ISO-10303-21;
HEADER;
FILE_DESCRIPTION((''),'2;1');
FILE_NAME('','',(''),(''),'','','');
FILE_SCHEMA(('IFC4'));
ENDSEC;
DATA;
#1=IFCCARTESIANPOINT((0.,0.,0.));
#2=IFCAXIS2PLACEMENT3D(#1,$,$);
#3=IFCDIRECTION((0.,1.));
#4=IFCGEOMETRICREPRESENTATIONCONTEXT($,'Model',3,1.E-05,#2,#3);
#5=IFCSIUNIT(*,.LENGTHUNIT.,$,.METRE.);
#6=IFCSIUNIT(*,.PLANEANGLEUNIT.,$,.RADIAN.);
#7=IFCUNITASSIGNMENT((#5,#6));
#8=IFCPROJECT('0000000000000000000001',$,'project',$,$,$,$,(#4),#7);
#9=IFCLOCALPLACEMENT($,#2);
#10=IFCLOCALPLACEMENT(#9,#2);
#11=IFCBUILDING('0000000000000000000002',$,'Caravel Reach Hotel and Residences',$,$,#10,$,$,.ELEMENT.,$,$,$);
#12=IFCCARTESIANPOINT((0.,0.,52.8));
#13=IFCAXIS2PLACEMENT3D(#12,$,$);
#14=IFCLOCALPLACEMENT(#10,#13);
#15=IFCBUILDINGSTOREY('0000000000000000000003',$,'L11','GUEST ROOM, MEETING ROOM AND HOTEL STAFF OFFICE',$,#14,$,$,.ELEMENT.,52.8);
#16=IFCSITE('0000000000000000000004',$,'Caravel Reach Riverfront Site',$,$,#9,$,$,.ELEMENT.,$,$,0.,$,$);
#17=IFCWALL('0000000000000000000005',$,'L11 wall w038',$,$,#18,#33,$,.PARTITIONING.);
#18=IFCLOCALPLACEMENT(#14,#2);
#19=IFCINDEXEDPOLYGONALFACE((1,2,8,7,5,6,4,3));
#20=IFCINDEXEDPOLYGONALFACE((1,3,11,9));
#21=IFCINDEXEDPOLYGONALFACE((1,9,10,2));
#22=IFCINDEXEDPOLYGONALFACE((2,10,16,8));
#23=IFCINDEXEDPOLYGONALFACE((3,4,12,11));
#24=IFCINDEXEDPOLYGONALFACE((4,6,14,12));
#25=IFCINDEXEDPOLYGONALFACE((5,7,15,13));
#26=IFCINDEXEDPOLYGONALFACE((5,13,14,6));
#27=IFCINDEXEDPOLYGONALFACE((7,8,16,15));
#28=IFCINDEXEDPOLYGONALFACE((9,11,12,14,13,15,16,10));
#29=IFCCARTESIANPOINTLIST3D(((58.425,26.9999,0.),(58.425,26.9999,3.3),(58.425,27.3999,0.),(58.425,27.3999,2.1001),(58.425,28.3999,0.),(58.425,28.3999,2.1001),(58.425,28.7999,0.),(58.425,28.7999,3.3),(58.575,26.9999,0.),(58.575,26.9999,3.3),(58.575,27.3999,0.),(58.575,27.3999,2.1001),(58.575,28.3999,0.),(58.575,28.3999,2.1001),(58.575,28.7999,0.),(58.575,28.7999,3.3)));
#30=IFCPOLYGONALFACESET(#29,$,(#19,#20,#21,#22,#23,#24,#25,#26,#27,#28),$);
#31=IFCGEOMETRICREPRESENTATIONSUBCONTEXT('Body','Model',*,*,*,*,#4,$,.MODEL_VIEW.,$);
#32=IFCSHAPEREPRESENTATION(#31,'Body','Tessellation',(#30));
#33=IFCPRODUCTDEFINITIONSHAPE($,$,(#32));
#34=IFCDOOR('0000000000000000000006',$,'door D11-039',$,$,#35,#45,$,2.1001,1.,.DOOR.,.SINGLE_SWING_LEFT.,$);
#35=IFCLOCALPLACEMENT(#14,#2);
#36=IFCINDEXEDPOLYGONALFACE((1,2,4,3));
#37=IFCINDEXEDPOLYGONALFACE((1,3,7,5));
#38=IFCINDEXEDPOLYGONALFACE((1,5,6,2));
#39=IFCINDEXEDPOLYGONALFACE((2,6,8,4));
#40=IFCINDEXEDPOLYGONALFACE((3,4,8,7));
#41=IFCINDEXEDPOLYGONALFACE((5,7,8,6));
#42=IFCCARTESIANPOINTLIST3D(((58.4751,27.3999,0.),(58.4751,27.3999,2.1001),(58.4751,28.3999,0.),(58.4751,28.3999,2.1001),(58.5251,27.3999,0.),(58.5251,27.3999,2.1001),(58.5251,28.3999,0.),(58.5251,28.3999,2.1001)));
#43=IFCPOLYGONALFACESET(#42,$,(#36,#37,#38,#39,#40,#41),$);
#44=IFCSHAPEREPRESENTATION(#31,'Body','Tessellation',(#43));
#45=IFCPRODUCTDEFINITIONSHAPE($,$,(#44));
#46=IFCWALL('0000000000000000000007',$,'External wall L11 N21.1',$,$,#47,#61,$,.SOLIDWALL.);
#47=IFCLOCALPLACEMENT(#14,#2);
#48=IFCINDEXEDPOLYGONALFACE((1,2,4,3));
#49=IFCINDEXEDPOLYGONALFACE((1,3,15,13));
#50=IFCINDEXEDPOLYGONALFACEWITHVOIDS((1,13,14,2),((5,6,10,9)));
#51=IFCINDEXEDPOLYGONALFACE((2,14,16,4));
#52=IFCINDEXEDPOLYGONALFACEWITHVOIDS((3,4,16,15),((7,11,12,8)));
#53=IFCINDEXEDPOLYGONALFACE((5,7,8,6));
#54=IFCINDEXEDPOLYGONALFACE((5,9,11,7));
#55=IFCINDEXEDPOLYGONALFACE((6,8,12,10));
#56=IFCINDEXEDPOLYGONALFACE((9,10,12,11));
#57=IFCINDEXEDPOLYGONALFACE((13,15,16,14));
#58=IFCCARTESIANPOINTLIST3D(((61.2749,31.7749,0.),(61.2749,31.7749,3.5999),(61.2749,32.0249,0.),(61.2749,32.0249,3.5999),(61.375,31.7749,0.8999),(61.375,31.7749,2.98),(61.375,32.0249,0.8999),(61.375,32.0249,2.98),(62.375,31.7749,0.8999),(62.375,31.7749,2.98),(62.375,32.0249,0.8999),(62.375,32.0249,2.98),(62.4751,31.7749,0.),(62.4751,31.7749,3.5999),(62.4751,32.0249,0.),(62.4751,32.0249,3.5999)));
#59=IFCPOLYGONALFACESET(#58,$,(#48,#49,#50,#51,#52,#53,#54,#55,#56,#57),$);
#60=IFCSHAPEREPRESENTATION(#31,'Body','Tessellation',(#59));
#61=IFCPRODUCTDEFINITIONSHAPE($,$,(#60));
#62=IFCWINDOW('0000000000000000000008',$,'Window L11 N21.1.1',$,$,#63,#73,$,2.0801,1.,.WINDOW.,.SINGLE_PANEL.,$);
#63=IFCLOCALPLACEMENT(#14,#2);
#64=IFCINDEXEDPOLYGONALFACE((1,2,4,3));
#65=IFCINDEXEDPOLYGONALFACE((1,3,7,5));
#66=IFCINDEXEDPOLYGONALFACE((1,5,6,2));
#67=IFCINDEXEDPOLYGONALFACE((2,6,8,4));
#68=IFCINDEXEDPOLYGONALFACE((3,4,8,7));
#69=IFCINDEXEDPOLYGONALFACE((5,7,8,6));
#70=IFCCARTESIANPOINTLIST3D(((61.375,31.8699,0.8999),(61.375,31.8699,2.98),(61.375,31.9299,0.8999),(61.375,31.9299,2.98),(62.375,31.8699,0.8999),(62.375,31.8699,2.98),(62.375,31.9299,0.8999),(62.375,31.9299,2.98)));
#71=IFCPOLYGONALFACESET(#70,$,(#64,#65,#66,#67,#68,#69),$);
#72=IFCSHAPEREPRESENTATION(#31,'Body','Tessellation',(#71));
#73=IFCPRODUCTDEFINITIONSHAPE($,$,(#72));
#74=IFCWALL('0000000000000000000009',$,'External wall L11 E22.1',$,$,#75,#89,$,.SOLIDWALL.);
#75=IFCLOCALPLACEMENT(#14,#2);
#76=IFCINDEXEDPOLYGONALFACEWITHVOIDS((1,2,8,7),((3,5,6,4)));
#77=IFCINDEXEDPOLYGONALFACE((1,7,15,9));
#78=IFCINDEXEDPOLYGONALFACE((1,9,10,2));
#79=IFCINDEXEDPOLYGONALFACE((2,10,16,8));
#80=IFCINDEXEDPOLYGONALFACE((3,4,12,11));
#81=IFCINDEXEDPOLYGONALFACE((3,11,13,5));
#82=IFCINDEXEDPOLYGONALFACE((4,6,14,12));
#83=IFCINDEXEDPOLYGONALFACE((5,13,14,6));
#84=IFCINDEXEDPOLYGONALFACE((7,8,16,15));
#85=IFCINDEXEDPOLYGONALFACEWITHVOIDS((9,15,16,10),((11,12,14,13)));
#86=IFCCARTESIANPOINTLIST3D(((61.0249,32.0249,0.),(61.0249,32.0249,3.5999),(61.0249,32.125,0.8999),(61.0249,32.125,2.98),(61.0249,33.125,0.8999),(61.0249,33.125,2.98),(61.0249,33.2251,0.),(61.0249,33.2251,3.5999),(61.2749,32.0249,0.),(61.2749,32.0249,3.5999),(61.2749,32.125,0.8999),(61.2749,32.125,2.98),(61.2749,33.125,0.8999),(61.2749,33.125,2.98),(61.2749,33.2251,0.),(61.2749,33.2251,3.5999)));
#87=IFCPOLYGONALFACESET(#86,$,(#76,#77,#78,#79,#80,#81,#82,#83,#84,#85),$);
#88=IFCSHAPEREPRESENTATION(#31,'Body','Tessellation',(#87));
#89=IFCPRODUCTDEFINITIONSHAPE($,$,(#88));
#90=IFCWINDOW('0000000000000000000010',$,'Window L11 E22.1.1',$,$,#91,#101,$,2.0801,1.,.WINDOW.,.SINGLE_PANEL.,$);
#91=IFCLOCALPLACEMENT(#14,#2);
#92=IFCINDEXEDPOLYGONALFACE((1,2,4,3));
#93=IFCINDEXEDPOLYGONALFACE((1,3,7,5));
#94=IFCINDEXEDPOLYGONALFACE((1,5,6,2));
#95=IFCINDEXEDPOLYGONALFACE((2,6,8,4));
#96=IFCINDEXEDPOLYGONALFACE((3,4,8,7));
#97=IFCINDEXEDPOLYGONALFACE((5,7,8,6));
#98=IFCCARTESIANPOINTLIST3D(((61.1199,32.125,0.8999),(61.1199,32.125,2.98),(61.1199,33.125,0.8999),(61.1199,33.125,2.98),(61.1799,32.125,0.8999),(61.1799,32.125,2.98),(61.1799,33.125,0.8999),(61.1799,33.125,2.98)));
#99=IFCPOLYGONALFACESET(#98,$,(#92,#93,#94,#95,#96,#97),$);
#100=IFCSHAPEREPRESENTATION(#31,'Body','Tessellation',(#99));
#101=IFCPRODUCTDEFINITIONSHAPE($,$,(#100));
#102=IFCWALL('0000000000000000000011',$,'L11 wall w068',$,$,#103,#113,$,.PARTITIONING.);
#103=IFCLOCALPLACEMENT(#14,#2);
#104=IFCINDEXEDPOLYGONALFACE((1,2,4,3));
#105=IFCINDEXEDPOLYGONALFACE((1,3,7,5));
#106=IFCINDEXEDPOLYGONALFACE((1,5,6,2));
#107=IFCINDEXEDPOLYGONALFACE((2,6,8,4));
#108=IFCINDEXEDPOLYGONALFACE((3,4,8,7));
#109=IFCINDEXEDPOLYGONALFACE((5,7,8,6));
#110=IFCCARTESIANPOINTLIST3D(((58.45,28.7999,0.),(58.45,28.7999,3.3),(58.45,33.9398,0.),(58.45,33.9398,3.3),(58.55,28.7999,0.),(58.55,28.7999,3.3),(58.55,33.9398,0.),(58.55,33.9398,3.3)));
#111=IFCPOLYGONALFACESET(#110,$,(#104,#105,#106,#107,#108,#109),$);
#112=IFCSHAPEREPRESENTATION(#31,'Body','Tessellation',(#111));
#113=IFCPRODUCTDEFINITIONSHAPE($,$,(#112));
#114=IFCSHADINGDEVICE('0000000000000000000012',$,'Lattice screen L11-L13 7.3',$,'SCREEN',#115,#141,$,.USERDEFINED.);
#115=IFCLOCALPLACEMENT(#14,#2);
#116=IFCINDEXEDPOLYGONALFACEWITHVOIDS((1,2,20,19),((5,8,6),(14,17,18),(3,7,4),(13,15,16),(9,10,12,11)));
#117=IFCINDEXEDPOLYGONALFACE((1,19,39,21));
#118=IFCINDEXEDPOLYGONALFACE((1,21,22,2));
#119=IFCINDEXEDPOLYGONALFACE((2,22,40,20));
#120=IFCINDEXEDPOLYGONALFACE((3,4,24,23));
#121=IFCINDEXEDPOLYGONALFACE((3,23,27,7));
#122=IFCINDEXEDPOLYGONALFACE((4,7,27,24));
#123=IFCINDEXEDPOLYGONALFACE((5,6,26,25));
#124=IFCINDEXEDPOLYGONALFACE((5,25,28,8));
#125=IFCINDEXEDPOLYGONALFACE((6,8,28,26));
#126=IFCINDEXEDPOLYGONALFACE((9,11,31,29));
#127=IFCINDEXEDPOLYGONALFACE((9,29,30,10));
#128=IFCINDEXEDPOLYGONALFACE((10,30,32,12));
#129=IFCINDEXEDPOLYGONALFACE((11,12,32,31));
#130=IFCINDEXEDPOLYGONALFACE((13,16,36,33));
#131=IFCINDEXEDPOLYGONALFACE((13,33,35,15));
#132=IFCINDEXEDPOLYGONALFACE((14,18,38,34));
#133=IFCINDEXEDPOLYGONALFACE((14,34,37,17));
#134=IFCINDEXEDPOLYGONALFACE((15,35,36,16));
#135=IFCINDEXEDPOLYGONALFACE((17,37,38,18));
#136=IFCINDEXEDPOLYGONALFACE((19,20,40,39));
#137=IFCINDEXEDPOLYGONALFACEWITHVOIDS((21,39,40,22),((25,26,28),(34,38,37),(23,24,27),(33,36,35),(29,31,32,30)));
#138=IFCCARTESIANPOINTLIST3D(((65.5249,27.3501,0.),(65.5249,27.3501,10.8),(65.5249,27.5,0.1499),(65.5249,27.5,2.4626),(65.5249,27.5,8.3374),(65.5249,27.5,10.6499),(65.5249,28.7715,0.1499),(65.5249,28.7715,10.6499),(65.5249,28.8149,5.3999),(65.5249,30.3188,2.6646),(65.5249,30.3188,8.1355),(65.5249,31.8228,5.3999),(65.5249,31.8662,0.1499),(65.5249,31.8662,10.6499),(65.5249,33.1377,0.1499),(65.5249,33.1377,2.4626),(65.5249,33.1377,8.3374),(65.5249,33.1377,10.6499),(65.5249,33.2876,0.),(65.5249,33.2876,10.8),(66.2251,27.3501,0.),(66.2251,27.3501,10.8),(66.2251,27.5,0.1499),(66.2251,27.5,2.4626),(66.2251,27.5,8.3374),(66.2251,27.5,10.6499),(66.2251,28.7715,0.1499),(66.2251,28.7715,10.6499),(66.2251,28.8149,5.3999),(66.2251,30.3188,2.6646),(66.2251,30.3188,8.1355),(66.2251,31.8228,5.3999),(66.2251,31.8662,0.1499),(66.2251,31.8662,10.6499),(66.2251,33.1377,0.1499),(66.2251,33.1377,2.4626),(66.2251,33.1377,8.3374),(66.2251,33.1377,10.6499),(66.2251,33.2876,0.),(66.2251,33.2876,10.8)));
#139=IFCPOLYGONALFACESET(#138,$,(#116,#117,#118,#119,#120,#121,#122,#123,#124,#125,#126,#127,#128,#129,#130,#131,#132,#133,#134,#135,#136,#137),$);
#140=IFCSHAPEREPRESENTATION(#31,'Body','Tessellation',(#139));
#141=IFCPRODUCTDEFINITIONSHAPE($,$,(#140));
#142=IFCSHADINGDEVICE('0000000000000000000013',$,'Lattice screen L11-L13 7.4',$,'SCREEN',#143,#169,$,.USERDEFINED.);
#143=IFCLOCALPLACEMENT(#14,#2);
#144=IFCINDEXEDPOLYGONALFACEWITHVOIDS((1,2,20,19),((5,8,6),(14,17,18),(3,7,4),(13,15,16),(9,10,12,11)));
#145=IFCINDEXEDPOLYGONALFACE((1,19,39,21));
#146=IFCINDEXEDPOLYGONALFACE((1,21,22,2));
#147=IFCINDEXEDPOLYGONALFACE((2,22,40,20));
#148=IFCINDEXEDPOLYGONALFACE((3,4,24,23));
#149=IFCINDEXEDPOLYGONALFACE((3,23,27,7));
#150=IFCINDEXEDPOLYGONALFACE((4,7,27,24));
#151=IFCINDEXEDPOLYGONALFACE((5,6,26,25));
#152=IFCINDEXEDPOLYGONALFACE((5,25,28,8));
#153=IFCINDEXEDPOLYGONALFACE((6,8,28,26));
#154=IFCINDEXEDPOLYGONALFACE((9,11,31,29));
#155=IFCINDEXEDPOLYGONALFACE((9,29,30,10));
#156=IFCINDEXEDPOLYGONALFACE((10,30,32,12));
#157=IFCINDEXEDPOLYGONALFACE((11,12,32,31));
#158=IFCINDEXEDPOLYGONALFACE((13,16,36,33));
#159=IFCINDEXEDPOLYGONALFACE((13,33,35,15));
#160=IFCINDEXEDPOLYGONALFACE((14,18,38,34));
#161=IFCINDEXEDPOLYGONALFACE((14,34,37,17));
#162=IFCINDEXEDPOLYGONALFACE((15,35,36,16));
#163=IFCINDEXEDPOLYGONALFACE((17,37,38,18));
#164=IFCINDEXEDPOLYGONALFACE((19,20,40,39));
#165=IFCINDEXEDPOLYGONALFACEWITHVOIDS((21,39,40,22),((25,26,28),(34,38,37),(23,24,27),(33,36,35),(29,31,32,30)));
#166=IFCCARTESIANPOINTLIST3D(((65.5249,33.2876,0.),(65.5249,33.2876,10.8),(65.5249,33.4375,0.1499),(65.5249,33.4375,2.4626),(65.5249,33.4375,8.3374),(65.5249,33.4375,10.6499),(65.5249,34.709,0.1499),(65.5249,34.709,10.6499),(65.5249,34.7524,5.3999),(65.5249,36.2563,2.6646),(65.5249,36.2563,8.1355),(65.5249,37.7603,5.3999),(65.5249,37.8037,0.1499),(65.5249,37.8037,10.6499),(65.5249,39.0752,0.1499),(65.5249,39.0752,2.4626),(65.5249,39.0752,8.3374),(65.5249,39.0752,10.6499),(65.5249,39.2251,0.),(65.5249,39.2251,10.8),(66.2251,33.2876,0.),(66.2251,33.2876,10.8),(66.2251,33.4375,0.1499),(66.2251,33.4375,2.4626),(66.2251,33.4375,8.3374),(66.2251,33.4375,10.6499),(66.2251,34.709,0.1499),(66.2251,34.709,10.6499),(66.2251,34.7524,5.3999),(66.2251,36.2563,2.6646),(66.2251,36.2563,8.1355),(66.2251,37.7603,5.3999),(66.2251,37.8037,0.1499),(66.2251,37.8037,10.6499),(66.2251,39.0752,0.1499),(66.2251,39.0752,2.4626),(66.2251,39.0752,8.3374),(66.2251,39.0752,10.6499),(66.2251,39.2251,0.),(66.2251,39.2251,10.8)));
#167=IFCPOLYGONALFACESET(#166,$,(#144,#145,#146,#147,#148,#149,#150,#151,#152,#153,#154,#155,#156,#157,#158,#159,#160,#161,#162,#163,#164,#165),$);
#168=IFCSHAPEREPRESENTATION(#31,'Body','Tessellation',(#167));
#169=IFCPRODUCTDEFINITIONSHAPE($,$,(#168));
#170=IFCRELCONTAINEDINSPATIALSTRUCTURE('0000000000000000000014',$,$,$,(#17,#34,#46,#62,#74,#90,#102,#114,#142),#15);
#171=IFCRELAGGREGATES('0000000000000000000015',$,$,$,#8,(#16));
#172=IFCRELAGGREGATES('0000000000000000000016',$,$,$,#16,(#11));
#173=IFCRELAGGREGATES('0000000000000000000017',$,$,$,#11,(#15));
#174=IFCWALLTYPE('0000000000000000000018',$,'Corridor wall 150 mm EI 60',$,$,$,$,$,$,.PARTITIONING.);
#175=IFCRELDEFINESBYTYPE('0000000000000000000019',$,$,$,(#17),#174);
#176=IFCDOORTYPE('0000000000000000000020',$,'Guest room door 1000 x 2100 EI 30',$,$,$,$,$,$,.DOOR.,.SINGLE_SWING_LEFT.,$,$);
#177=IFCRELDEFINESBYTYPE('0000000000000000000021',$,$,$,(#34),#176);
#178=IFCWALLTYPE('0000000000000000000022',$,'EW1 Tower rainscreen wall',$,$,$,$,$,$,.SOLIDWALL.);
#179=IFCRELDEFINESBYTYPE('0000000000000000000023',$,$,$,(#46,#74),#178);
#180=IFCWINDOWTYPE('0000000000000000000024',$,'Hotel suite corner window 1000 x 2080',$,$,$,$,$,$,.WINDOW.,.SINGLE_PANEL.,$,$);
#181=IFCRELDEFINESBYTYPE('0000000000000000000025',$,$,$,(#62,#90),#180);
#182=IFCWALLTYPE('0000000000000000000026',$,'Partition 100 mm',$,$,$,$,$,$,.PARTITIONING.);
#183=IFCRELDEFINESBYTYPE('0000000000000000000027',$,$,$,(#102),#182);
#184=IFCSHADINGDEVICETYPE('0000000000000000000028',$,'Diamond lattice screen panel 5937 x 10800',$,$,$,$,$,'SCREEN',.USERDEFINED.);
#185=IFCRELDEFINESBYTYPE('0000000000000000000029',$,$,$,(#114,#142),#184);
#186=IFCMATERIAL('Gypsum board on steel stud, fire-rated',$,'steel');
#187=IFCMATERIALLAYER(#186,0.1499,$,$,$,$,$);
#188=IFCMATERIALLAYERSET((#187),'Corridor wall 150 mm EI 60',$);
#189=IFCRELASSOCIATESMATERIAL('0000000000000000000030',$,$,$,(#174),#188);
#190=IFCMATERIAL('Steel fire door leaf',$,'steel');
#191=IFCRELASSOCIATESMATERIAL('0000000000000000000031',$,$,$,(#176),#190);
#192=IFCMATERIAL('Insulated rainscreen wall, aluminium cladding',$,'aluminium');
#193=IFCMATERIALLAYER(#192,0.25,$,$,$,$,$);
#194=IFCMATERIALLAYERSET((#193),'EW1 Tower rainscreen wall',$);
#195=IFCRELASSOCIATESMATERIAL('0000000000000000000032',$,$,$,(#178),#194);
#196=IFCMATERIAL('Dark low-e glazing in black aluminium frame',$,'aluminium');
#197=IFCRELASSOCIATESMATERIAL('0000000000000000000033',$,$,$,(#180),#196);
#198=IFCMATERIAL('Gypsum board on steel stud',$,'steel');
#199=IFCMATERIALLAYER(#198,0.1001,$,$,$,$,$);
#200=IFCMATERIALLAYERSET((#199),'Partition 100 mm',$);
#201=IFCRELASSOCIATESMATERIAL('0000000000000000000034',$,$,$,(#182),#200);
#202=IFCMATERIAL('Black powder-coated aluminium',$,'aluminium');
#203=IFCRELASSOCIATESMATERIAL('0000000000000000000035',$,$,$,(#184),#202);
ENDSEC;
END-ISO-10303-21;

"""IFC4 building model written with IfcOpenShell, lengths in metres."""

from ifc_helpers import new_model, si_unit, direction, frame, frame_2d, origin, place, context, subcontext, project, spatial, polyline, rectangle, outline, extrude, material, layer, layer_set, type_object, element, fill, save


model = new_model("IFC4")

# Units and contexts
model_context = context("Model", 3, precision=1e-05, world=origin(), true_north=direction((0.0, 1.0)))
body_context = subcontext(model_context, "Body", "Model", "MODEL_VIEW")
ifc_project = project(units=[si_unit("LENGTHUNIT", "METRE"), si_unit("PLANEANGLEUNIT", "RADIAN")], contexts=[model_context])

# Site, building, storey
site_placement = place(None, origin())
site = spatial("IfcSite", under=ifc_project, at=site_placement, Name="Caravel Reach Riverfront Site", CompositionType="ELEMENT", RefElevation=0.0)
building_placement = place(site_placement, origin())
building = spatial("IfcBuilding", under=site, at=building_placement, Name="Caravel Reach Hotel and Residences", CompositionType="ELEMENT")
storey_placement = place(building_placement, frame((0.0, 0.0, 52.8)))
storey = spatial("IfcBuildingStorey", under=building, at=storey_placement, Name="L11", Description="GUEST ROOM, MEETING ROOM AND HOTEL STAFF OFFICE", CompositionType="ELEMENT", Elevation=52.8)

# Wall, opening, door
ifc_material_1 = material(Name="Gypsum board on steel stud, fire-rated", Category="steel")
ifc_layer_1 = layer(ifc_material_1, 0.1499)
ifc_layer_set_1 = layer_set([ifc_layer_1], Name="Corridor wall 150 mm EI 60")
wall_type_1 = type_object("IfcWallType", Name="Corridor wall 150 mm EI 60", PredefinedType="PARTITIONING", material=ifc_layer_set_1)
wall_1_placement = place(storey_placement, frame((58.5, 27.0, 0.0), z_axis=(0.0, 0.0, 1.0), x_axis=(0.0, 1.0, 0.0)))
wall_1 = element("IfcWall", 1, at=wall_1_placement, inside=storey, type_object=wall_type_1, Name="L11 wall w038", PredefinedType="PARTITIONING", context=body_context, shape_type="SweptSolid", body=[
    extrude(rectangle(XDim=1.8, YDim=0.1499, at=frame_2d((0.8999, 0.0))), origin(), (0.0, 0.0, 1.0), 3.3),
])
opening_1_placement = place(wall_1_placement, frame((0.3999, 0.0, 0.0)))
opening_1 = element("IfcOpeningElement", 2, at=opening_1_placement, cuts=wall_1, PredefinedType="OPENING", context=body_context, shape_type="SweptSolid", body=[
    extrude(rectangle(XDim=1.0, YDim=2.1001, at=frame_2d((0.5, 1.05))), frame((0.0, 0.085, 0.0), z_axis=(0.0, -1.0, 0.0), x_axis=(1.0, 0.0, 0.0)), (0.0, 0.0, 1.0), 0.1699),
])
ifc_material_2 = material(Name="Steel fire door leaf", Category="steel")
door_type = type_object("IfcDoorType", Name="Guest room door 1000 x 2100 EI 30", OperationType="SINGLE_SWING_LEFT", PredefinedType="DOOR", material=ifc_material_2)
door_placement = place(opening_1_placement, origin())
door = element("IfcDoor", 3, at=door_placement, inside=storey, type_object=door_type, Name="door D11-039", OperationType="SINGLE_SWING_LEFT", OverallHeight=2.1001, OverallWidth=1.0, PredefinedType="DOOR", context=body_context, shape_type="SweptSolid", body=[
    extrude(rectangle(XDim=1.0, YDim=2.1001, at=frame_2d((0.5, 1.05))), frame((0.0, 0.0249, 0.0), z_axis=(0.0, -1.0, 0.0), x_axis=(1.0, 0.0, 0.0)), (0.0, 0.0, 1.0), 0.05),
])
fill(opening_1, door)

# Walls, openings, windows
ifc_material_3 = material(Name="Insulated rainscreen wall, aluminium cladding", Category="aluminium")
ifc_layer_2 = layer(ifc_material_3, 0.25)
ifc_layer_set_2 = layer_set([ifc_layer_2], Name="EW1 Tower rainscreen wall")
wall_type_2 = type_object("IfcWallType", Name="EW1 Tower rainscreen wall", PredefinedType="SOLIDWALL", material=ifc_layer_set_2)
wall_2_placement = place(storey_placement, frame((62.4751, 31.8999, 0.0), z_axis=(0.0, 0.0, 1.0), x_axis=(-1.0, 0.0, 0.0)))
wall_2 = element("IfcWall", 4, at=wall_2_placement, inside=storey, type_object=wall_type_2, Name="External wall L11 N21.1", PredefinedType="SOLIDWALL", context=body_context, shape_type="SweptSolid", body=[
    extrude(rectangle(XDim=1.2002, YDim=0.25, at=frame_2d((0.6001, 0.0))), origin(), (0.0, 0.0, 1.0), 3.5999),
])
opening_2_placement = place(wall_2_placement, frame((0.1001, 0.0, 0.8999)))
opening_2 = element("IfcOpeningElement", 5, at=opening_2_placement, cuts=wall_2, PredefinedType="OPENING", context=body_context, shape_type="SweptSolid", body=[
    extrude(rectangle(XDim=1.0, YDim=2.0801, at=frame_2d((0.5, 1.04))), frame((0.0, 0.135, 0.0), z_axis=(0.0, -1.0, 0.0), x_axis=(1.0, 0.0, 0.0)), (0.0, 0.0, 1.0), 0.27),
])
ifc_material_4 = material(Name="Dark low-e glazing in black aluminium frame", Category="aluminium")
window_type = type_object("IfcWindowType", Name="Hotel suite corner window 1000 x 2080", PartitioningType="SINGLE_PANEL", PredefinedType="WINDOW", material=ifc_material_4)
window_1_placement = place(opening_2_placement, origin())
window_1 = element("IfcWindow", 6, at=window_1_placement, inside=storey, type_object=window_type, Name="Window L11 N21.1.1", OverallHeight=2.0801, OverallWidth=1.0, PartitioningType="SINGLE_PANEL", PredefinedType="WINDOW", context=body_context, shape_type="SweptSolid", body=[
    extrude(rectangle(XDim=1.0, YDim=2.0801, at=frame_2d((0.5, 1.04))), frame((0.0, 0.03, 0.0), z_axis=(0.0, -1.0, 0.0), x_axis=(1.0, 0.0, 0.0)), (0.0, 0.0, 1.0), 0.0601),
])
fill(opening_2, window_1)
wall_3_placement = place(storey_placement, frame((61.1499, 32.0249, 0.0), z_axis=(0.0, 0.0, 1.0), x_axis=(0.0, 1.0, 0.0)))
wall_3 = element("IfcWall", 7, at=wall_3_placement, inside=storey, type_object=wall_type_2, Name="External wall L11 E22.1", PredefinedType="SOLIDWALL", context=body_context, shape_type="SweptSolid", body=[
    extrude(rectangle(XDim=1.2002, YDim=0.25, at=frame_2d((0.6001, 0.0))), origin(), (0.0, 0.0, 1.0), 3.5999),
])
opening_3_placement = place(wall_3_placement, frame((0.1001, 0.0, 0.8999)))
opening_3 = element("IfcOpeningElement", 8, at=opening_3_placement, cuts=wall_3, PredefinedType="OPENING", context=body_context, shape_type="SweptSolid", body=[
    extrude(rectangle(XDim=1.0, YDim=2.0801, at=frame_2d((0.5, 1.04))), frame((0.0, 0.135, 0.0), z_axis=(0.0, -1.0, 0.0), x_axis=(1.0, 0.0, 0.0)), (0.0, 0.0, 1.0), 0.27),
])
window_2_placement = place(opening_3_placement, origin())
window_2 = element("IfcWindow", 9, at=window_2_placement, inside=storey, type_object=window_type, Name="Window L11 E22.1.1", OverallHeight=2.0801, OverallWidth=1.0, PartitioningType="SINGLE_PANEL", PredefinedType="WINDOW", context=body_context, shape_type="SweptSolid", body=[
    extrude(rectangle(XDim=1.0, YDim=2.0801, at=frame_2d((0.5, 1.04))), frame((0.0, 0.03, 0.0), z_axis=(0.0, -1.0, 0.0), x_axis=(1.0, 0.0, 0.0)), (0.0, 0.0, 1.0), 0.0601),
])
fill(opening_3, window_2)

# Wall
ifc_material_5 = material(Name="Gypsum board on steel stud", Category="steel")
ifc_layer_3 = layer(ifc_material_5, 0.1001)
ifc_layer_set_3 = layer_set([ifc_layer_3], Name="Partition 100 mm")
wall_type_3 = type_object("IfcWallType", Name="Partition 100 mm", PredefinedType="PARTITIONING", material=ifc_layer_set_3)
wall_4_placement = place(storey_placement, frame((58.5, 28.8, 0.0), z_axis=(0.0, 0.0, 1.0), x_axis=(0.0, 1.0, 0.0)))
element("IfcWall", 10, at=wall_4_placement, inside=storey, type_object=wall_type_3, Name="L11 wall w068", PredefinedType="PARTITIONING", context=body_context, shape_type="SweptSolid", body=[
    extrude(rectangle(XDim=5.1399, YDim=0.1001, at=frame_2d((2.5698, 0.0))), origin(), (0.0, 0.0, 1.0), 3.3),
])

# Shading devices
ifc_material_6 = material(Name="Black powder-coated aluminium", Category="aluminium")
shading_device_type = type_object("IfcShadingDeviceType", Name="Diamond lattice screen panel 5937 x 10800", ElementType="SCREEN", PredefinedType="USERDEFINED", material=ifc_material_6)
for number, where, z_axis, x_axis, name in (
    (11, (65.5249, 27.3501, 0.0), (1.0, 0.0, 0.0), (0.0, 1.0, 0.0), "Lattice screen L11-L13 7.3"),
    (12, (65.5249, 33.2876, 0.0), (1.0, 0.0, 0.0), (0.0, 1.0, 0.0), "Lattice screen L11-L13 7.4"),
):
    element("IfcShadingDevice", number, at=place(storey_placement, frame(where, z_axis=z_axis, x_axis=x_axis)), inside=storey, type_object=shading_device_type, Name=name, ObjectType="SCREEN", PredefinedType="USERDEFINED", context=body_context, shape_type="SweptSolid", body=[
        extrude(outline(polyline([(0.0, 0.0), (5.9375, 0.0), (5.9375, 10.8), (0.0, 10.8), (0.0, 0.0)]), holes=[polyline([(1.4214, 0.1499), (0.1499, 2.4626), (0.1499, 0.1499), (1.4214, 0.1499)]), polyline([(0.1499, 8.3374), (1.4214, 10.6499), (0.1499, 10.6499), (0.1499, 8.3374)]), polyline([(2.9688, 8.1355), (1.4648, 5.3999), (2.9688, 2.6646), (4.4727, 5.3999), (2.9688, 8.1355)]), polyline([(5.7876, 2.4626), (4.5161, 0.1499), (5.7876, 0.1499), (5.7876, 2.4626)]), polyline([(4.5161, 10.6499), (5.7876, 8.3374), (5.7876, 10.6499), (4.5161, 10.6499)])]), origin(), (0.0, 0.0, 1.0), 0.7002),
    ])

save(model, "model.ifc")
